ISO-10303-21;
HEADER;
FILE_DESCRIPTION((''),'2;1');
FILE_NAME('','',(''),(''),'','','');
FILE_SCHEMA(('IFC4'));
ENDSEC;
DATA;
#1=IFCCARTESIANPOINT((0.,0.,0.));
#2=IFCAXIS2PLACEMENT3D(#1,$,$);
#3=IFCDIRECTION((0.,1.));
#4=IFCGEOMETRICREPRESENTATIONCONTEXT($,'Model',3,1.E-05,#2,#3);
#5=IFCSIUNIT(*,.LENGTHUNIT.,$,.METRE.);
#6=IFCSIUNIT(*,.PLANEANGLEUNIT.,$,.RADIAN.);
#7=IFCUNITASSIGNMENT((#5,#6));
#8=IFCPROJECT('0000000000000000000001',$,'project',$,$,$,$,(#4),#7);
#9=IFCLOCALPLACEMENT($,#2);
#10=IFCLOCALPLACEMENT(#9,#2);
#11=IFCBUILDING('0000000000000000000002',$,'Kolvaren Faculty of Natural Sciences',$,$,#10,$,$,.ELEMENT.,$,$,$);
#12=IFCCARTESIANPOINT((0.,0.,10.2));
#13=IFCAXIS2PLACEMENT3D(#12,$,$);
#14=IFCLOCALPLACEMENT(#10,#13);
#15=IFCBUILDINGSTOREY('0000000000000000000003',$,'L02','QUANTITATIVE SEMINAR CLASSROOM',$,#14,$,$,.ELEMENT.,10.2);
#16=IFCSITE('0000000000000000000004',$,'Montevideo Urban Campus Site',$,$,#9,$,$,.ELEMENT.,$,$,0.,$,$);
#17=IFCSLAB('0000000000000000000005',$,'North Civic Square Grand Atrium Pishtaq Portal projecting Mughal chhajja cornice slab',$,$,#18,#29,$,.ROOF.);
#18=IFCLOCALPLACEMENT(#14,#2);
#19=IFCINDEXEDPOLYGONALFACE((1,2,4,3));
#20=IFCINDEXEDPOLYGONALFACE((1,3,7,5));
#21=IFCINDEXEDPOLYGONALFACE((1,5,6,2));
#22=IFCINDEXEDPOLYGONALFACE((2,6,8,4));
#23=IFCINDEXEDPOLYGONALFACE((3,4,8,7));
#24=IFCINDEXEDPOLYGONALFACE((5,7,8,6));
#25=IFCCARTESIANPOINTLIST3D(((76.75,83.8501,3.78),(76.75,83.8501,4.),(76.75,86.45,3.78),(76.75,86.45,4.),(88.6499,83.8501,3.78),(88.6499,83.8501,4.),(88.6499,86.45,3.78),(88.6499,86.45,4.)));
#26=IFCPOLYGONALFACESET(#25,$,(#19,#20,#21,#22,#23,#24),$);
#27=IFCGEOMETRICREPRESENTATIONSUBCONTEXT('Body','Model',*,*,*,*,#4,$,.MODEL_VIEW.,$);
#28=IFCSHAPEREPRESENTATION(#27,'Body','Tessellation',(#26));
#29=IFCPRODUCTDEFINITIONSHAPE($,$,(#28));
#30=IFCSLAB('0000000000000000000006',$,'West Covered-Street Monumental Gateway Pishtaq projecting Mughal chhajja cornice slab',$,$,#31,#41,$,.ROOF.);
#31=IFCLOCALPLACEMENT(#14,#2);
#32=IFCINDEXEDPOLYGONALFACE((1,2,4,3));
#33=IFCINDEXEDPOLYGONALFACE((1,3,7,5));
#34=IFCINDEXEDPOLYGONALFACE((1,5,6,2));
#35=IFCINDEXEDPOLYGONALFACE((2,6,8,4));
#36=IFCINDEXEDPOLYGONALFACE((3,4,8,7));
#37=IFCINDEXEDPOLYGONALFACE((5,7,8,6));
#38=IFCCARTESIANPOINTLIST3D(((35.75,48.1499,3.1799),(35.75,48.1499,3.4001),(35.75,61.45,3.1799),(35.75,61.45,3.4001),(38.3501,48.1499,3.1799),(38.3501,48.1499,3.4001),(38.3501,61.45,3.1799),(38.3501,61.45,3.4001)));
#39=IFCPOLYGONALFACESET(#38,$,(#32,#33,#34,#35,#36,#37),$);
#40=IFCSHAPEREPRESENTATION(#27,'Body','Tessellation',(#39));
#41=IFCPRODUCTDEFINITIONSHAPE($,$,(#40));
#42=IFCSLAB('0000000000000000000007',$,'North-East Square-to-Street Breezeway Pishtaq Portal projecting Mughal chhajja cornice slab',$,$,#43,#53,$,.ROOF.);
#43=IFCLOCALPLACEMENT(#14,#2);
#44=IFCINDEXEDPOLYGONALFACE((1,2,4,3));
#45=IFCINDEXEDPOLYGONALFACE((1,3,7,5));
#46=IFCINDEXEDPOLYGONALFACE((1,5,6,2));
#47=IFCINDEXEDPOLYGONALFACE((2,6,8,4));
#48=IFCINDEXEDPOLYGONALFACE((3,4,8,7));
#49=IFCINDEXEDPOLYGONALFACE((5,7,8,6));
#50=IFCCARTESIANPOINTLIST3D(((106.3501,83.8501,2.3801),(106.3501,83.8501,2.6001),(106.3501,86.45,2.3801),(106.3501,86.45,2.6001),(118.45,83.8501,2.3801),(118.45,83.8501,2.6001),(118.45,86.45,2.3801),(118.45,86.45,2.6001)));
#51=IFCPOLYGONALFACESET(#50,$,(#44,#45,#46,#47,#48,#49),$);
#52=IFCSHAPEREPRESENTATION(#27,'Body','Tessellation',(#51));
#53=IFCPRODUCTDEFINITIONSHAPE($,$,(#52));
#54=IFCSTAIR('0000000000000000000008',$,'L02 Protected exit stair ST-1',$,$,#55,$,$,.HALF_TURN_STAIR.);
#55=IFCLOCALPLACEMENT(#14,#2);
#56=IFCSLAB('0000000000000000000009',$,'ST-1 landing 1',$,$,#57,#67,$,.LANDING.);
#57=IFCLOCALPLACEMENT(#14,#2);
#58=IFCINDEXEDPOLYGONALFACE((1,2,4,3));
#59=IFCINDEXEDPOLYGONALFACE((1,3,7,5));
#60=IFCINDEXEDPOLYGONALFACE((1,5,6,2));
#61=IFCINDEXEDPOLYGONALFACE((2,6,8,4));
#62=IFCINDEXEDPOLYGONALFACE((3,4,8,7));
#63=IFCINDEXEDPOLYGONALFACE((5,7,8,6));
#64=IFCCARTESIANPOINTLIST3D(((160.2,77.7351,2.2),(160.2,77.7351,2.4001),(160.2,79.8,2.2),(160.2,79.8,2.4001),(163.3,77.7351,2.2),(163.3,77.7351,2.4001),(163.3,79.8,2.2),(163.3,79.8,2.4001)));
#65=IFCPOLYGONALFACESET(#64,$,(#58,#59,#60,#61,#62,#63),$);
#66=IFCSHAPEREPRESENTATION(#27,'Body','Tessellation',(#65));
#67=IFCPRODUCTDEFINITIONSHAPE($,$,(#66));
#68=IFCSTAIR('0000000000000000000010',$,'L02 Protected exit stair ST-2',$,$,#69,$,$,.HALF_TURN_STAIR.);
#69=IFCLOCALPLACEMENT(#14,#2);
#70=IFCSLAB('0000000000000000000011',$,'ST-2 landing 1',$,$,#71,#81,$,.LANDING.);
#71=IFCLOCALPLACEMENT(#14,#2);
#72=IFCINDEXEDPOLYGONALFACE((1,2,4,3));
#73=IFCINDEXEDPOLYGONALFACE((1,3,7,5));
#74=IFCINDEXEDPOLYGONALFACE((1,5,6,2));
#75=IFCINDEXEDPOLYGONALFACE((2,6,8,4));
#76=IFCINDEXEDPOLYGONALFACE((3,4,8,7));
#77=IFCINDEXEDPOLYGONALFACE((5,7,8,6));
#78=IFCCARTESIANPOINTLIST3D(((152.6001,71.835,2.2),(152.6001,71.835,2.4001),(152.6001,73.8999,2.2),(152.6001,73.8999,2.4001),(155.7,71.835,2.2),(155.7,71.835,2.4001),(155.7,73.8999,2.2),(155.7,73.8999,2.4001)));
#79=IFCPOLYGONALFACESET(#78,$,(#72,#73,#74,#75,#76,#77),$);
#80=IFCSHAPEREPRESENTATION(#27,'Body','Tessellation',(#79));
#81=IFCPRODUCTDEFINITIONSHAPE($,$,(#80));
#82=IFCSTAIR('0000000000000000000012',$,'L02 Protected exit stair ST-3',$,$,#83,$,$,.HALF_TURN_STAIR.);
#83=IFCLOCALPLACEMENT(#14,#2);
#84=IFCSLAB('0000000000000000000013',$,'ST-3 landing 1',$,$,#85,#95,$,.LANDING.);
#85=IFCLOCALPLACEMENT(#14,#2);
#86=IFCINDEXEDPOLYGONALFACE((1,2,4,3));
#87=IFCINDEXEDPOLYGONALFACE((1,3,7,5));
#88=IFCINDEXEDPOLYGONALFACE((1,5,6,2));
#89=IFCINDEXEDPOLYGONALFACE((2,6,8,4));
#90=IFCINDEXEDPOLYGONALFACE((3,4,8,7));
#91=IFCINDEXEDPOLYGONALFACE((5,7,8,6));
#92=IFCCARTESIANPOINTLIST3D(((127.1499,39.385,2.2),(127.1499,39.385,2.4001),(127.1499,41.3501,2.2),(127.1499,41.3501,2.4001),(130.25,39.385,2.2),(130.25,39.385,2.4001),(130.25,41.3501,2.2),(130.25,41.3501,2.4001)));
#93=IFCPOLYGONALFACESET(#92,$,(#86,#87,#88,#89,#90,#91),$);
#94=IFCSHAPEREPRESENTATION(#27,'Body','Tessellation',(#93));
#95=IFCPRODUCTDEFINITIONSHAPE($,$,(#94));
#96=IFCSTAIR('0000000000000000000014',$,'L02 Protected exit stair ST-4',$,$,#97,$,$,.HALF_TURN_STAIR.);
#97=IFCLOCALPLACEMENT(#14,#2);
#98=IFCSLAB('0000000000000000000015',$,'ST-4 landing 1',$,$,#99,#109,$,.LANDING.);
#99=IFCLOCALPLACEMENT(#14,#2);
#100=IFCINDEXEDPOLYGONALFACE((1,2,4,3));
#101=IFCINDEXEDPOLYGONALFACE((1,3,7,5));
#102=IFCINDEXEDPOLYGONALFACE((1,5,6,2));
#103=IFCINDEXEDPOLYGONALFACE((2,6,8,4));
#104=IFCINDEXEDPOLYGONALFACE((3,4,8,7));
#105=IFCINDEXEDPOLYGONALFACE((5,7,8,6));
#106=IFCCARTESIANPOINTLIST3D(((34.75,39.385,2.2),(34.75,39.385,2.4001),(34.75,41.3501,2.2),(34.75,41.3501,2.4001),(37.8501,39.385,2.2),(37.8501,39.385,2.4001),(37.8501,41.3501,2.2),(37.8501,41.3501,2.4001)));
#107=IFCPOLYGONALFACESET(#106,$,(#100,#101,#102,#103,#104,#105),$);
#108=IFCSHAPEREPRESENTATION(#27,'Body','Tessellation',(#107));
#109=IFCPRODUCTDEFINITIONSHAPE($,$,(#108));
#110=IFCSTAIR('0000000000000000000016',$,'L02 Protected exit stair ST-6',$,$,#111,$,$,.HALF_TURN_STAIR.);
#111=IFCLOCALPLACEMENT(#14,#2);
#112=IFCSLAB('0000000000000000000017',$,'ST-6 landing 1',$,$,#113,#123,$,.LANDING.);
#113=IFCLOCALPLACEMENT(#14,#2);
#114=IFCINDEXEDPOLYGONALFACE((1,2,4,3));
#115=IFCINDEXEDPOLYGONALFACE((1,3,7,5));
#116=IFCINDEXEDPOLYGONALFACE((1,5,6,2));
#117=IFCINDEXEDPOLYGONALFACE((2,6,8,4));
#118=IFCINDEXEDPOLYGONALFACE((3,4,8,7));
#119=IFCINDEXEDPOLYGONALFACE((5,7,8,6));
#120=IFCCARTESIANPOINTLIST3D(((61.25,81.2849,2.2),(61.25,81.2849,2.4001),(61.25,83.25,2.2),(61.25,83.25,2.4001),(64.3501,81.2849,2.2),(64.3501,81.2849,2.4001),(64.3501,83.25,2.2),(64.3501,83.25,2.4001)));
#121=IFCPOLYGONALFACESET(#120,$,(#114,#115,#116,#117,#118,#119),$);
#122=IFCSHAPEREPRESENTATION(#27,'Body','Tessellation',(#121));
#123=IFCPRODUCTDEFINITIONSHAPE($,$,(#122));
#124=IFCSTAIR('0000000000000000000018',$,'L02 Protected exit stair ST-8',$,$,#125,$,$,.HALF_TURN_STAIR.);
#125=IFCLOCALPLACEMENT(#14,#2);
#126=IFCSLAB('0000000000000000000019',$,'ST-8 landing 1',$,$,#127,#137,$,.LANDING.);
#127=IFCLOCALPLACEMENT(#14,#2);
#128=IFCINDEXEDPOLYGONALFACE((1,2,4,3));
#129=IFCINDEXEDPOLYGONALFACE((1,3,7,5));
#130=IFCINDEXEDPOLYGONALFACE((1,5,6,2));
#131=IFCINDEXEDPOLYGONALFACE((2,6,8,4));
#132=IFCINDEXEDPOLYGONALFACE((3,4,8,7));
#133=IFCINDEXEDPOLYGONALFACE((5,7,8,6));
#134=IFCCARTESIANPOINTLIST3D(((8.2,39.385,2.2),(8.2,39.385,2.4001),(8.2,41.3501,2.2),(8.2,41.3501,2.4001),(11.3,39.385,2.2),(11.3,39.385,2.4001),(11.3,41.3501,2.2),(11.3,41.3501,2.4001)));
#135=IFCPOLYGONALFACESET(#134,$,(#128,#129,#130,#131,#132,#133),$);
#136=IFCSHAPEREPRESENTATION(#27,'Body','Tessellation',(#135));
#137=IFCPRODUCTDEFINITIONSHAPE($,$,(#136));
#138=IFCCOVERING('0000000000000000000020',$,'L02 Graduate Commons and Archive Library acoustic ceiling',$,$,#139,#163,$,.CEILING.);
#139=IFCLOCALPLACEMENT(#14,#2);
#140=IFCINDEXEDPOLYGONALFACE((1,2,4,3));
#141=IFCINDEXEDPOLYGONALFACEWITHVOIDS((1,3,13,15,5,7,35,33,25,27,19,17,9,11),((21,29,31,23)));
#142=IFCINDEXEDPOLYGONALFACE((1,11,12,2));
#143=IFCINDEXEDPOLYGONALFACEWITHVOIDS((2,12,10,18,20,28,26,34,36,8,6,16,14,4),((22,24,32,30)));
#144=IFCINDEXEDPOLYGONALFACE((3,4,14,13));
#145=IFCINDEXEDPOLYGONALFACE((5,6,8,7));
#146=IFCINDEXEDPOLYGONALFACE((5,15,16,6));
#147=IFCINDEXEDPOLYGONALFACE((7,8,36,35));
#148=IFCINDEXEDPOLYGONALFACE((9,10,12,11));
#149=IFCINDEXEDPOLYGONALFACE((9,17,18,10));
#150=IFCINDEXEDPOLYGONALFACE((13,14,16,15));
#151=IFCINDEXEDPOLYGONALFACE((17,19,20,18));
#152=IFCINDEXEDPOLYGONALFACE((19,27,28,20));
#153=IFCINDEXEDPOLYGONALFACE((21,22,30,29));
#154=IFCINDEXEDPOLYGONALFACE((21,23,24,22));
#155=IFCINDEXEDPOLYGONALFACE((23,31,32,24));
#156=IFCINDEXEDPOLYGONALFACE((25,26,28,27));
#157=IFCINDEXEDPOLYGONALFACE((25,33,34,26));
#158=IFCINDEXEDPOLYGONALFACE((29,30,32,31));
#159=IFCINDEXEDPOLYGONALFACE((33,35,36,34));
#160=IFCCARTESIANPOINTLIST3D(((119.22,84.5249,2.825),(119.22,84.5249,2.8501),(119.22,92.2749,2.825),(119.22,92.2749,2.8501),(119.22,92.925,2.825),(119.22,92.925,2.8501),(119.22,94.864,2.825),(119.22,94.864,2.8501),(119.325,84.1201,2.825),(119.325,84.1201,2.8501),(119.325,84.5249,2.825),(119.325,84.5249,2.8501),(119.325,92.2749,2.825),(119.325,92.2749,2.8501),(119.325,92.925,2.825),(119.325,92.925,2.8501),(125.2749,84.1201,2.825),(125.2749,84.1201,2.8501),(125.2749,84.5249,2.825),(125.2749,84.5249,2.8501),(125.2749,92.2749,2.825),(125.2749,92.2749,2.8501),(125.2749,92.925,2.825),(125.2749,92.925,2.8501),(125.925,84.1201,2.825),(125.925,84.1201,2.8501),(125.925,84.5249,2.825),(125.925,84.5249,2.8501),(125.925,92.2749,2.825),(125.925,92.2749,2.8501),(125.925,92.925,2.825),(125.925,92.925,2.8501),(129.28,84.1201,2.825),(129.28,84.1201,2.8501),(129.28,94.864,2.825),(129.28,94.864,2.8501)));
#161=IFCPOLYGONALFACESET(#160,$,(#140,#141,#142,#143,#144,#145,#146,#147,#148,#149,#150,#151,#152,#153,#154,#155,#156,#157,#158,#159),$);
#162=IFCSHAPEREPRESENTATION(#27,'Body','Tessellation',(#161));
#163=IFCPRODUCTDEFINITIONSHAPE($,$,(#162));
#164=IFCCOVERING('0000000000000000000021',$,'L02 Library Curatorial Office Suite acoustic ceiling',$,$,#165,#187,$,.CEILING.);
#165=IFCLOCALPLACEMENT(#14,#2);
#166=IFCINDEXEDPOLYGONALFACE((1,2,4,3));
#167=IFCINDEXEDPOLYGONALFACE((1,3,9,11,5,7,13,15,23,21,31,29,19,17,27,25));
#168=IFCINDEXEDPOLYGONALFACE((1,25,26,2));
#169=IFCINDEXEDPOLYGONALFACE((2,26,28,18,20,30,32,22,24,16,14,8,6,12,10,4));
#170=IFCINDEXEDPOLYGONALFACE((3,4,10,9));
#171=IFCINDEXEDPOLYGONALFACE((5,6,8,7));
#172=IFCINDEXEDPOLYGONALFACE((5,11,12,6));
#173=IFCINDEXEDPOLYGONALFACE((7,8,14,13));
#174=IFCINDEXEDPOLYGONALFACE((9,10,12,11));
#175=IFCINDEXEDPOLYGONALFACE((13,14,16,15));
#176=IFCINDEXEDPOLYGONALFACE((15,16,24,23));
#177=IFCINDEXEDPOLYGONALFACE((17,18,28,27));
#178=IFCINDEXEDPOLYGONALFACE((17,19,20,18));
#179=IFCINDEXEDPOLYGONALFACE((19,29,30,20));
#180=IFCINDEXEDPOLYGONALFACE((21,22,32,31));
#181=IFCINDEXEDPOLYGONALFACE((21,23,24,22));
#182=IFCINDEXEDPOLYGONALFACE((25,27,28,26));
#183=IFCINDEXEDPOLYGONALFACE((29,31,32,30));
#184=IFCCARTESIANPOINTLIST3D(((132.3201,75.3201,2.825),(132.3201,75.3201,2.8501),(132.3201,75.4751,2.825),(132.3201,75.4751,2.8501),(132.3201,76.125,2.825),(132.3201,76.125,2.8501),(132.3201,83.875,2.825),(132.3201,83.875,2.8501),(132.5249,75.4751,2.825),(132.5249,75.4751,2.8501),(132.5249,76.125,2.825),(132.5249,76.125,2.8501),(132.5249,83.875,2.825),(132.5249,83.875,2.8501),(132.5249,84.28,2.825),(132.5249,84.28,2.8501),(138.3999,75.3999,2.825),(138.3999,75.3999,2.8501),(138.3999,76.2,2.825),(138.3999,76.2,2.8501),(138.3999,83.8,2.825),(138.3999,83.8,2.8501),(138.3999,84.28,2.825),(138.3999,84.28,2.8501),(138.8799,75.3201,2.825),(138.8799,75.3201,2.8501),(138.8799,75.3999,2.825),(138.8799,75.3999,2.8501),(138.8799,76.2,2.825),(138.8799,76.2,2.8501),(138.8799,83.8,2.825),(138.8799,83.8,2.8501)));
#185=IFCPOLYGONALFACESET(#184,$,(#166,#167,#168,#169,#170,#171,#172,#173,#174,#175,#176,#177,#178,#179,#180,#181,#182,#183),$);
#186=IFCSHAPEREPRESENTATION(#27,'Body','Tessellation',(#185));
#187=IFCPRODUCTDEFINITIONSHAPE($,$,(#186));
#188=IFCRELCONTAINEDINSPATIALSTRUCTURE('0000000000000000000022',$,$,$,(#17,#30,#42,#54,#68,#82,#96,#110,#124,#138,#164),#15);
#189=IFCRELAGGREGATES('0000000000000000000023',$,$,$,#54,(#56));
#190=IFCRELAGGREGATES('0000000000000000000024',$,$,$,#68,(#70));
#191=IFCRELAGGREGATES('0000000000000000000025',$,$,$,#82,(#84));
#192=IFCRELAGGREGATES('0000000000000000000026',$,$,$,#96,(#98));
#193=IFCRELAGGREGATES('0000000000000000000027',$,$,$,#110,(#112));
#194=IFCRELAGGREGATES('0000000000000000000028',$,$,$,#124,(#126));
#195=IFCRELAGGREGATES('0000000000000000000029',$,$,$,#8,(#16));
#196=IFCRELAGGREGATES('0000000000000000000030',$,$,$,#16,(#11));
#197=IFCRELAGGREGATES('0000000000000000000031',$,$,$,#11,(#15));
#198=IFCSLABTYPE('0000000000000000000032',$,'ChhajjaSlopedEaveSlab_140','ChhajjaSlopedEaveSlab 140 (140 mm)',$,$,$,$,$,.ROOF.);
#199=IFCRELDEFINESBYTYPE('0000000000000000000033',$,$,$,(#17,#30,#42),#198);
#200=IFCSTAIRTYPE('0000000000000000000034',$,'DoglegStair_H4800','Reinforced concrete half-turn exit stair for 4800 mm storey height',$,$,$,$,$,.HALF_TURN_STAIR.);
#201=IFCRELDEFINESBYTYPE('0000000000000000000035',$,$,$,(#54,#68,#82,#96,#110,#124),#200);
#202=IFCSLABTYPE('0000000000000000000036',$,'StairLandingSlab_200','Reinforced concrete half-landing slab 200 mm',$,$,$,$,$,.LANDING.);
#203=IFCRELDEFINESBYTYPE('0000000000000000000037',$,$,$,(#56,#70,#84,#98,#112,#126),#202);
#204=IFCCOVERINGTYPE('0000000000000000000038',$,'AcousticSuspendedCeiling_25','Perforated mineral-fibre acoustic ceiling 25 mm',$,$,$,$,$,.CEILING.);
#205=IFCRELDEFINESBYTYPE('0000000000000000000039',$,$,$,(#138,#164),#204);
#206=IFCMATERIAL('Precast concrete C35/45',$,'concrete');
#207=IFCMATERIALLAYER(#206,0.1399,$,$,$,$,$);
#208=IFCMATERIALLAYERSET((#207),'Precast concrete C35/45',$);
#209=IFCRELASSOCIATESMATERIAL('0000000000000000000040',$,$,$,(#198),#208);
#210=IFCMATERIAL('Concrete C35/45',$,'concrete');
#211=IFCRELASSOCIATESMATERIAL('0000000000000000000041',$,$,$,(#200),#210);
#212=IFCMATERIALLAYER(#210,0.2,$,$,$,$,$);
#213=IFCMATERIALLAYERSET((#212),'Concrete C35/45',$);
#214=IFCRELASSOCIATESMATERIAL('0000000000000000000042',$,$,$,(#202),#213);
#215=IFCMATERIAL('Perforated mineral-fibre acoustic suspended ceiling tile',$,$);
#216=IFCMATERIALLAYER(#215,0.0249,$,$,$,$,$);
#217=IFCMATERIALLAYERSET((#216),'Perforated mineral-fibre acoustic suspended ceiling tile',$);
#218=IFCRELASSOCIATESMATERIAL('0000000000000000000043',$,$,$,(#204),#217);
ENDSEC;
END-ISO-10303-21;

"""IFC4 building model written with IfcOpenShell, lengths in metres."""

from ifc_helpers import new_model, si_unit, direction, frame, origin, place, context, subcontext, project, spatial, polyline, outline, extrude, material, layer, layer_set, type_object, element, aggregate, save


model = new_model("IFC4")

# Units and contexts
model_context = context("Model", 3, precision=1e-05, world=origin(), true_north=direction((0.0, 1.0)))
body_context = subcontext(model_context, "Body", "Model", "MODEL_VIEW")
ifc_project = project(units=[si_unit("LENGTHUNIT", "METRE"), si_unit("PLANEANGLEUNIT", "RADIAN")], contexts=[model_context])

# Site, building, storey
site_placement = place(None, origin())
site = spatial("IfcSite", under=ifc_project, at=site_placement, Name="Montevideo Urban Campus Site", CompositionType="ELEMENT", RefElevation=0.0)
building_placement = place(site_placement, origin())
building = spatial("IfcBuilding", under=site, at=building_placement, Name="Kolvaren Faculty of Natural Sciences", CompositionType="ELEMENT")
storey_placement = place(building_placement, frame((0.0, 0.0, 10.2)))
storey = spatial("IfcBuildingStorey", under=building, at=storey_placement, Name="L02", Description="QUANTITATIVE SEMINAR CLASSROOM", CompositionType="ELEMENT", Elevation=10.2)

# Slabs
ifc_material_1 = material(Name="Precast concrete C35/45", Category="concrete")
ifc_layer_1 = layer(ifc_material_1, 0.1399)
ifc_layer_set_1 = layer_set([ifc_layer_1], Name="Precast concrete C35/45")
slab_type_1 = type_object("IfcSlabType", Name="ChhajjaSlopedEaveSlab_140", Description="ChhajjaSlopedEaveSlab 140 (140 mm)", PredefinedType="ROOF", material=ifc_layer_set_1)
slab_1_placement = place(storey_placement, frame((0.0, 0.0, 3.78)))
element("IfcSlab", 1, at=slab_1_placement, inside=storey, type_object=slab_type_1, Name="North Civic Square Grand Atrium Pishtaq Portal projecting Mughal chhajja cornice slab", PredefinedType="ROOF", context=body_context, shape_type="SweptSolid", body=[
    extrude(outline(polyline([(76.75, 83.8501), (88.6499, 83.8501), (88.6499, 86.45), (76.75, 86.45), (76.75, 83.8501)])), origin(), (0.0, 0.0, 1.0), 0.22),
])
slab_2_placement = place(storey_placement, frame((0.0, 0.0, 3.1799)))
element("IfcSlab", 2, at=slab_2_placement, inside=storey, type_object=slab_type_1, Name="West Covered-Street Monumental Gateway Pishtaq projecting Mughal chhajja cornice slab", PredefinedType="ROOF", context=body_context, shape_type="SweptSolid", body=[
    extrude(outline(polyline([(35.75, 48.1499), (38.3501, 48.1499), (38.3501, 61.45), (35.75, 61.45), (35.75, 48.1499)])), origin(), (0.0, 0.0, 1.0), 0.2202),
])
slab_3_placement = place(storey_placement, frame((0.0, 0.0, 2.3801)))
element("IfcSlab", 3, at=slab_3_placement, inside=storey, type_object=slab_type_1, Name="North-East Square-to-Street Breezeway Pishtaq Portal projecting Mughal chhajja cornice slab", PredefinedType="ROOF", context=body_context, shape_type="SweptSolid", body=[
    extrude(outline(polyline([(106.3501, 83.8501), (118.45, 83.8501), (118.45, 86.45), (106.3501, 86.45), (106.3501, 83.8501)])), origin(), (0.0, 0.0, 1.0), 0.22),
])

# Stairs, slabs
ifc_material_2 = material(Name="Concrete C35/45", Category="concrete")
stair_type = type_object("IfcStairType", Name="DoglegStair_H4800", Description="Reinforced concrete half-turn exit stair for 4800 mm storey height", PredefinedType="HALF_TURN_STAIR", material=ifc_material_2)
stair_1_placement = place(storey_placement, origin())
stair_1 = element("IfcStair", 4, at=stair_1_placement, inside=storey, type_object=stair_type, Name="L02 Protected exit stair ST-1", PredefinedType="HALF_TURN_STAIR")
ifc_layer_2 = layer(ifc_material_2, 0.2)
ifc_layer_set_2 = layer_set([ifc_layer_2], Name="Concrete C35/45")
slab_type_2 = type_object("IfcSlabType", Name="StairLandingSlab_200", Description="Reinforced concrete half-landing slab 200 mm", PredefinedType="LANDING", material=ifc_layer_set_2)
slab_4_placement = place(storey_placement, frame((0.0, 0.0, 2.2)))
slab_4 = element("IfcSlab", 5, at=slab_4_placement, type_object=slab_type_2, Name="ST-1 landing 1", PredefinedType="LANDING", context=body_context, shape_type="SweptSolid", body=[
    extrude(outline(polyline([(163.3, 77.7351), (163.3, 79.8), (160.2, 79.8), (160.2, 77.7351), (163.3, 77.7351)])), origin(), (0.0, 0.0, 1.0), 0.2002),
])
aggregate(stair_1, [slab_4])
stair_2_placement = place(storey_placement, origin())
stair_2 = element("IfcStair", 6, at=stair_2_placement, inside=storey, type_object=stair_type, Name="L02 Protected exit stair ST-2", PredefinedType="HALF_TURN_STAIR")
slab_5_placement = place(storey_placement, frame((0.0, 0.0, 2.2)))
slab_5 = element("IfcSlab", 7, at=slab_5_placement, type_object=slab_type_2, Name="ST-2 landing 1", PredefinedType="LANDING", context=body_context, shape_type="SweptSolid", body=[
    extrude(outline(polyline([(155.7, 71.835), (155.7, 73.8999), (152.6001, 73.8999), (152.6001, 71.835), (155.7, 71.835)])), origin(), (0.0, 0.0, 1.0), 0.2002),
])
aggregate(stair_2, [slab_5])
stair_3_placement = place(storey_placement, origin())
stair_3 = element("IfcStair", 8, at=stair_3_placement, inside=storey, type_object=stair_type, Name="L02 Protected exit stair ST-3", PredefinedType="HALF_TURN_STAIR")
slab_6_placement = place(storey_placement, frame((0.0, 0.0, 2.2)))
slab_6 = element("IfcSlab", 9, at=slab_6_placement, type_object=slab_type_2, Name="ST-3 landing 1", PredefinedType="LANDING", context=body_context, shape_type="SweptSolid", body=[
    extrude(outline(polyline([(130.25, 39.385), (130.25, 41.3501), (127.1499, 41.3501), (127.1499, 39.385), (130.25, 39.385)])), origin(), (0.0, 0.0, 1.0), 0.2002),
])
aggregate(stair_3, [slab_6])
stair_4_placement = place(storey_placement, origin())
stair_4 = element("IfcStair", 10, at=stair_4_placement, inside=storey, type_object=stair_type, Name="L02 Protected exit stair ST-4", PredefinedType="HALF_TURN_STAIR")
slab_7_placement = place(storey_placement, frame((0.0, 0.0, 2.2)))
slab_7 = element("IfcSlab", 11, at=slab_7_placement, type_object=slab_type_2, Name="ST-4 landing 1", PredefinedType="LANDING", context=body_context, shape_type="SweptSolid", body=[
    extrude(outline(polyline([(37.8501, 39.385), (37.8501, 41.3501), (34.75, 41.3501), (34.75, 39.385), (37.8501, 39.385)])), origin(), (0.0, 0.0, 1.0), 0.2002),
])
aggregate(stair_4, [slab_7])
stair_5_placement = place(storey_placement, origin())
stair_5 = element("IfcStair", 12, at=stair_5_placement, inside=storey, type_object=stair_type, Name="L02 Protected exit stair ST-6", PredefinedType="HALF_TURN_STAIR")
slab_8_placement = place(storey_placement, frame((0.0, 0.0, 2.2)))
slab_8 = element("IfcSlab", 13, at=slab_8_placement, type_object=slab_type_2, Name="ST-6 landing 1", PredefinedType="LANDING", context=body_context, shape_type="SweptSolid", body=[
    extrude(outline(polyline([(64.3501, 81.2849), (64.3501, 83.25), (61.25, 83.25), (61.25, 81.2849), (64.3501, 81.2849)])), origin(), (0.0, 0.0, 1.0), 0.2002),
])
aggregate(stair_5, [slab_8])
stair_6_placement = place(storey_placement, origin())
stair_6 = element("IfcStair", 14, at=stair_6_placement, inside=storey, type_object=stair_type, Name="L02 Protected exit stair ST-8", PredefinedType="HALF_TURN_STAIR")
slab_9_placement = place(storey_placement, frame((0.0, 0.0, 2.2)))
slab_9 = element("IfcSlab", 15, at=slab_9_placement, type_object=slab_type_2, Name="ST-8 landing 1", PredefinedType="LANDING", context=body_context, shape_type="SweptSolid", body=[
    extrude(outline(polyline([(11.3, 39.385), (11.3, 41.3501), (8.2, 41.3501), (8.2, 39.385), (11.3, 39.385)])), origin(), (0.0, 0.0, 1.0), 0.2002),
])
aggregate(stair_6, [slab_9])

# Coverings
ifc_material_3 = material(Name="Perforated mineral-fibre acoustic suspended ceiling tile")
ifc_layer_3 = layer(ifc_material_3, 0.0249)
ifc_layer_set_3 = layer_set([ifc_layer_3], Name="Perforated mineral-fibre acoustic suspended ceiling tile")
covering_type_1 = type_object("IfcCoveringType", Name="AcousticSuspendedCeiling_25", Description="Perforated mineral-fibre acoustic ceiling 25 mm", PredefinedType="CEILING", material=ifc_layer_set_3)
covering_1_placement = place(storey_placement, frame((0.0, 0.0, 2.825)))
element("IfcCovering", 16, at=covering_1_placement, inside=storey, type_object=covering_type_1, Name="L02 Graduate Commons and Archive Library acoustic ceiling", PredefinedType="CEILING", context=body_context, shape_type="SweptSolid", body=[
    extrude(outline(polyline([(119.22, 92.2749), (119.325, 92.2749), (119.325, 92.925), (119.22, 92.925), (119.22, 94.864), (129.28, 94.864), (129.28, 84.1201), (125.925, 84.1201), (125.925, 84.5249), (125.2749, 84.5249), (125.2749, 84.1201), (119.325, 84.1201), (119.325, 84.5249), (119.22, 84.5249), (119.22, 92.2749)]), holes=[polyline([(125.2749, 92.925), (125.2749, 92.2749), (125.925, 92.2749), (125.925, 92.925), (125.2749, 92.925)])]), origin(), (0.0, 0.0, 1.0), 0.0251),
])
covering_2_placement = place(storey_placement, frame((0.0, 0.0, 2.825)))
element("IfcCovering", 17, at=covering_2_placement, inside=storey, type_object=covering_type_1, Name="L02 Library Curatorial Office Suite acoustic ceiling", PredefinedType="CEILING", context=body_context, shape_type="SweptSolid", body=[
    extrude(outline(polyline([(138.3999, 84.28), (138.3999, 83.8), (138.8799, 83.8), (138.8799, 76.2), (138.3999, 76.2), (138.3999, 75.3999), (138.8799, 75.3999), (138.8799, 75.3201), (132.3201, 75.3201), (132.3201, 75.4751), (132.5249, 75.4751), (132.5249, 76.125), (132.3201, 76.125), (132.3201, 83.875), (132.5249, 83.875), (132.5249, 84.28), (138.3999, 84.28)])), origin(), (0.0, 0.0, 1.0), 0.0251),
])

save(model, "model.ifc")
